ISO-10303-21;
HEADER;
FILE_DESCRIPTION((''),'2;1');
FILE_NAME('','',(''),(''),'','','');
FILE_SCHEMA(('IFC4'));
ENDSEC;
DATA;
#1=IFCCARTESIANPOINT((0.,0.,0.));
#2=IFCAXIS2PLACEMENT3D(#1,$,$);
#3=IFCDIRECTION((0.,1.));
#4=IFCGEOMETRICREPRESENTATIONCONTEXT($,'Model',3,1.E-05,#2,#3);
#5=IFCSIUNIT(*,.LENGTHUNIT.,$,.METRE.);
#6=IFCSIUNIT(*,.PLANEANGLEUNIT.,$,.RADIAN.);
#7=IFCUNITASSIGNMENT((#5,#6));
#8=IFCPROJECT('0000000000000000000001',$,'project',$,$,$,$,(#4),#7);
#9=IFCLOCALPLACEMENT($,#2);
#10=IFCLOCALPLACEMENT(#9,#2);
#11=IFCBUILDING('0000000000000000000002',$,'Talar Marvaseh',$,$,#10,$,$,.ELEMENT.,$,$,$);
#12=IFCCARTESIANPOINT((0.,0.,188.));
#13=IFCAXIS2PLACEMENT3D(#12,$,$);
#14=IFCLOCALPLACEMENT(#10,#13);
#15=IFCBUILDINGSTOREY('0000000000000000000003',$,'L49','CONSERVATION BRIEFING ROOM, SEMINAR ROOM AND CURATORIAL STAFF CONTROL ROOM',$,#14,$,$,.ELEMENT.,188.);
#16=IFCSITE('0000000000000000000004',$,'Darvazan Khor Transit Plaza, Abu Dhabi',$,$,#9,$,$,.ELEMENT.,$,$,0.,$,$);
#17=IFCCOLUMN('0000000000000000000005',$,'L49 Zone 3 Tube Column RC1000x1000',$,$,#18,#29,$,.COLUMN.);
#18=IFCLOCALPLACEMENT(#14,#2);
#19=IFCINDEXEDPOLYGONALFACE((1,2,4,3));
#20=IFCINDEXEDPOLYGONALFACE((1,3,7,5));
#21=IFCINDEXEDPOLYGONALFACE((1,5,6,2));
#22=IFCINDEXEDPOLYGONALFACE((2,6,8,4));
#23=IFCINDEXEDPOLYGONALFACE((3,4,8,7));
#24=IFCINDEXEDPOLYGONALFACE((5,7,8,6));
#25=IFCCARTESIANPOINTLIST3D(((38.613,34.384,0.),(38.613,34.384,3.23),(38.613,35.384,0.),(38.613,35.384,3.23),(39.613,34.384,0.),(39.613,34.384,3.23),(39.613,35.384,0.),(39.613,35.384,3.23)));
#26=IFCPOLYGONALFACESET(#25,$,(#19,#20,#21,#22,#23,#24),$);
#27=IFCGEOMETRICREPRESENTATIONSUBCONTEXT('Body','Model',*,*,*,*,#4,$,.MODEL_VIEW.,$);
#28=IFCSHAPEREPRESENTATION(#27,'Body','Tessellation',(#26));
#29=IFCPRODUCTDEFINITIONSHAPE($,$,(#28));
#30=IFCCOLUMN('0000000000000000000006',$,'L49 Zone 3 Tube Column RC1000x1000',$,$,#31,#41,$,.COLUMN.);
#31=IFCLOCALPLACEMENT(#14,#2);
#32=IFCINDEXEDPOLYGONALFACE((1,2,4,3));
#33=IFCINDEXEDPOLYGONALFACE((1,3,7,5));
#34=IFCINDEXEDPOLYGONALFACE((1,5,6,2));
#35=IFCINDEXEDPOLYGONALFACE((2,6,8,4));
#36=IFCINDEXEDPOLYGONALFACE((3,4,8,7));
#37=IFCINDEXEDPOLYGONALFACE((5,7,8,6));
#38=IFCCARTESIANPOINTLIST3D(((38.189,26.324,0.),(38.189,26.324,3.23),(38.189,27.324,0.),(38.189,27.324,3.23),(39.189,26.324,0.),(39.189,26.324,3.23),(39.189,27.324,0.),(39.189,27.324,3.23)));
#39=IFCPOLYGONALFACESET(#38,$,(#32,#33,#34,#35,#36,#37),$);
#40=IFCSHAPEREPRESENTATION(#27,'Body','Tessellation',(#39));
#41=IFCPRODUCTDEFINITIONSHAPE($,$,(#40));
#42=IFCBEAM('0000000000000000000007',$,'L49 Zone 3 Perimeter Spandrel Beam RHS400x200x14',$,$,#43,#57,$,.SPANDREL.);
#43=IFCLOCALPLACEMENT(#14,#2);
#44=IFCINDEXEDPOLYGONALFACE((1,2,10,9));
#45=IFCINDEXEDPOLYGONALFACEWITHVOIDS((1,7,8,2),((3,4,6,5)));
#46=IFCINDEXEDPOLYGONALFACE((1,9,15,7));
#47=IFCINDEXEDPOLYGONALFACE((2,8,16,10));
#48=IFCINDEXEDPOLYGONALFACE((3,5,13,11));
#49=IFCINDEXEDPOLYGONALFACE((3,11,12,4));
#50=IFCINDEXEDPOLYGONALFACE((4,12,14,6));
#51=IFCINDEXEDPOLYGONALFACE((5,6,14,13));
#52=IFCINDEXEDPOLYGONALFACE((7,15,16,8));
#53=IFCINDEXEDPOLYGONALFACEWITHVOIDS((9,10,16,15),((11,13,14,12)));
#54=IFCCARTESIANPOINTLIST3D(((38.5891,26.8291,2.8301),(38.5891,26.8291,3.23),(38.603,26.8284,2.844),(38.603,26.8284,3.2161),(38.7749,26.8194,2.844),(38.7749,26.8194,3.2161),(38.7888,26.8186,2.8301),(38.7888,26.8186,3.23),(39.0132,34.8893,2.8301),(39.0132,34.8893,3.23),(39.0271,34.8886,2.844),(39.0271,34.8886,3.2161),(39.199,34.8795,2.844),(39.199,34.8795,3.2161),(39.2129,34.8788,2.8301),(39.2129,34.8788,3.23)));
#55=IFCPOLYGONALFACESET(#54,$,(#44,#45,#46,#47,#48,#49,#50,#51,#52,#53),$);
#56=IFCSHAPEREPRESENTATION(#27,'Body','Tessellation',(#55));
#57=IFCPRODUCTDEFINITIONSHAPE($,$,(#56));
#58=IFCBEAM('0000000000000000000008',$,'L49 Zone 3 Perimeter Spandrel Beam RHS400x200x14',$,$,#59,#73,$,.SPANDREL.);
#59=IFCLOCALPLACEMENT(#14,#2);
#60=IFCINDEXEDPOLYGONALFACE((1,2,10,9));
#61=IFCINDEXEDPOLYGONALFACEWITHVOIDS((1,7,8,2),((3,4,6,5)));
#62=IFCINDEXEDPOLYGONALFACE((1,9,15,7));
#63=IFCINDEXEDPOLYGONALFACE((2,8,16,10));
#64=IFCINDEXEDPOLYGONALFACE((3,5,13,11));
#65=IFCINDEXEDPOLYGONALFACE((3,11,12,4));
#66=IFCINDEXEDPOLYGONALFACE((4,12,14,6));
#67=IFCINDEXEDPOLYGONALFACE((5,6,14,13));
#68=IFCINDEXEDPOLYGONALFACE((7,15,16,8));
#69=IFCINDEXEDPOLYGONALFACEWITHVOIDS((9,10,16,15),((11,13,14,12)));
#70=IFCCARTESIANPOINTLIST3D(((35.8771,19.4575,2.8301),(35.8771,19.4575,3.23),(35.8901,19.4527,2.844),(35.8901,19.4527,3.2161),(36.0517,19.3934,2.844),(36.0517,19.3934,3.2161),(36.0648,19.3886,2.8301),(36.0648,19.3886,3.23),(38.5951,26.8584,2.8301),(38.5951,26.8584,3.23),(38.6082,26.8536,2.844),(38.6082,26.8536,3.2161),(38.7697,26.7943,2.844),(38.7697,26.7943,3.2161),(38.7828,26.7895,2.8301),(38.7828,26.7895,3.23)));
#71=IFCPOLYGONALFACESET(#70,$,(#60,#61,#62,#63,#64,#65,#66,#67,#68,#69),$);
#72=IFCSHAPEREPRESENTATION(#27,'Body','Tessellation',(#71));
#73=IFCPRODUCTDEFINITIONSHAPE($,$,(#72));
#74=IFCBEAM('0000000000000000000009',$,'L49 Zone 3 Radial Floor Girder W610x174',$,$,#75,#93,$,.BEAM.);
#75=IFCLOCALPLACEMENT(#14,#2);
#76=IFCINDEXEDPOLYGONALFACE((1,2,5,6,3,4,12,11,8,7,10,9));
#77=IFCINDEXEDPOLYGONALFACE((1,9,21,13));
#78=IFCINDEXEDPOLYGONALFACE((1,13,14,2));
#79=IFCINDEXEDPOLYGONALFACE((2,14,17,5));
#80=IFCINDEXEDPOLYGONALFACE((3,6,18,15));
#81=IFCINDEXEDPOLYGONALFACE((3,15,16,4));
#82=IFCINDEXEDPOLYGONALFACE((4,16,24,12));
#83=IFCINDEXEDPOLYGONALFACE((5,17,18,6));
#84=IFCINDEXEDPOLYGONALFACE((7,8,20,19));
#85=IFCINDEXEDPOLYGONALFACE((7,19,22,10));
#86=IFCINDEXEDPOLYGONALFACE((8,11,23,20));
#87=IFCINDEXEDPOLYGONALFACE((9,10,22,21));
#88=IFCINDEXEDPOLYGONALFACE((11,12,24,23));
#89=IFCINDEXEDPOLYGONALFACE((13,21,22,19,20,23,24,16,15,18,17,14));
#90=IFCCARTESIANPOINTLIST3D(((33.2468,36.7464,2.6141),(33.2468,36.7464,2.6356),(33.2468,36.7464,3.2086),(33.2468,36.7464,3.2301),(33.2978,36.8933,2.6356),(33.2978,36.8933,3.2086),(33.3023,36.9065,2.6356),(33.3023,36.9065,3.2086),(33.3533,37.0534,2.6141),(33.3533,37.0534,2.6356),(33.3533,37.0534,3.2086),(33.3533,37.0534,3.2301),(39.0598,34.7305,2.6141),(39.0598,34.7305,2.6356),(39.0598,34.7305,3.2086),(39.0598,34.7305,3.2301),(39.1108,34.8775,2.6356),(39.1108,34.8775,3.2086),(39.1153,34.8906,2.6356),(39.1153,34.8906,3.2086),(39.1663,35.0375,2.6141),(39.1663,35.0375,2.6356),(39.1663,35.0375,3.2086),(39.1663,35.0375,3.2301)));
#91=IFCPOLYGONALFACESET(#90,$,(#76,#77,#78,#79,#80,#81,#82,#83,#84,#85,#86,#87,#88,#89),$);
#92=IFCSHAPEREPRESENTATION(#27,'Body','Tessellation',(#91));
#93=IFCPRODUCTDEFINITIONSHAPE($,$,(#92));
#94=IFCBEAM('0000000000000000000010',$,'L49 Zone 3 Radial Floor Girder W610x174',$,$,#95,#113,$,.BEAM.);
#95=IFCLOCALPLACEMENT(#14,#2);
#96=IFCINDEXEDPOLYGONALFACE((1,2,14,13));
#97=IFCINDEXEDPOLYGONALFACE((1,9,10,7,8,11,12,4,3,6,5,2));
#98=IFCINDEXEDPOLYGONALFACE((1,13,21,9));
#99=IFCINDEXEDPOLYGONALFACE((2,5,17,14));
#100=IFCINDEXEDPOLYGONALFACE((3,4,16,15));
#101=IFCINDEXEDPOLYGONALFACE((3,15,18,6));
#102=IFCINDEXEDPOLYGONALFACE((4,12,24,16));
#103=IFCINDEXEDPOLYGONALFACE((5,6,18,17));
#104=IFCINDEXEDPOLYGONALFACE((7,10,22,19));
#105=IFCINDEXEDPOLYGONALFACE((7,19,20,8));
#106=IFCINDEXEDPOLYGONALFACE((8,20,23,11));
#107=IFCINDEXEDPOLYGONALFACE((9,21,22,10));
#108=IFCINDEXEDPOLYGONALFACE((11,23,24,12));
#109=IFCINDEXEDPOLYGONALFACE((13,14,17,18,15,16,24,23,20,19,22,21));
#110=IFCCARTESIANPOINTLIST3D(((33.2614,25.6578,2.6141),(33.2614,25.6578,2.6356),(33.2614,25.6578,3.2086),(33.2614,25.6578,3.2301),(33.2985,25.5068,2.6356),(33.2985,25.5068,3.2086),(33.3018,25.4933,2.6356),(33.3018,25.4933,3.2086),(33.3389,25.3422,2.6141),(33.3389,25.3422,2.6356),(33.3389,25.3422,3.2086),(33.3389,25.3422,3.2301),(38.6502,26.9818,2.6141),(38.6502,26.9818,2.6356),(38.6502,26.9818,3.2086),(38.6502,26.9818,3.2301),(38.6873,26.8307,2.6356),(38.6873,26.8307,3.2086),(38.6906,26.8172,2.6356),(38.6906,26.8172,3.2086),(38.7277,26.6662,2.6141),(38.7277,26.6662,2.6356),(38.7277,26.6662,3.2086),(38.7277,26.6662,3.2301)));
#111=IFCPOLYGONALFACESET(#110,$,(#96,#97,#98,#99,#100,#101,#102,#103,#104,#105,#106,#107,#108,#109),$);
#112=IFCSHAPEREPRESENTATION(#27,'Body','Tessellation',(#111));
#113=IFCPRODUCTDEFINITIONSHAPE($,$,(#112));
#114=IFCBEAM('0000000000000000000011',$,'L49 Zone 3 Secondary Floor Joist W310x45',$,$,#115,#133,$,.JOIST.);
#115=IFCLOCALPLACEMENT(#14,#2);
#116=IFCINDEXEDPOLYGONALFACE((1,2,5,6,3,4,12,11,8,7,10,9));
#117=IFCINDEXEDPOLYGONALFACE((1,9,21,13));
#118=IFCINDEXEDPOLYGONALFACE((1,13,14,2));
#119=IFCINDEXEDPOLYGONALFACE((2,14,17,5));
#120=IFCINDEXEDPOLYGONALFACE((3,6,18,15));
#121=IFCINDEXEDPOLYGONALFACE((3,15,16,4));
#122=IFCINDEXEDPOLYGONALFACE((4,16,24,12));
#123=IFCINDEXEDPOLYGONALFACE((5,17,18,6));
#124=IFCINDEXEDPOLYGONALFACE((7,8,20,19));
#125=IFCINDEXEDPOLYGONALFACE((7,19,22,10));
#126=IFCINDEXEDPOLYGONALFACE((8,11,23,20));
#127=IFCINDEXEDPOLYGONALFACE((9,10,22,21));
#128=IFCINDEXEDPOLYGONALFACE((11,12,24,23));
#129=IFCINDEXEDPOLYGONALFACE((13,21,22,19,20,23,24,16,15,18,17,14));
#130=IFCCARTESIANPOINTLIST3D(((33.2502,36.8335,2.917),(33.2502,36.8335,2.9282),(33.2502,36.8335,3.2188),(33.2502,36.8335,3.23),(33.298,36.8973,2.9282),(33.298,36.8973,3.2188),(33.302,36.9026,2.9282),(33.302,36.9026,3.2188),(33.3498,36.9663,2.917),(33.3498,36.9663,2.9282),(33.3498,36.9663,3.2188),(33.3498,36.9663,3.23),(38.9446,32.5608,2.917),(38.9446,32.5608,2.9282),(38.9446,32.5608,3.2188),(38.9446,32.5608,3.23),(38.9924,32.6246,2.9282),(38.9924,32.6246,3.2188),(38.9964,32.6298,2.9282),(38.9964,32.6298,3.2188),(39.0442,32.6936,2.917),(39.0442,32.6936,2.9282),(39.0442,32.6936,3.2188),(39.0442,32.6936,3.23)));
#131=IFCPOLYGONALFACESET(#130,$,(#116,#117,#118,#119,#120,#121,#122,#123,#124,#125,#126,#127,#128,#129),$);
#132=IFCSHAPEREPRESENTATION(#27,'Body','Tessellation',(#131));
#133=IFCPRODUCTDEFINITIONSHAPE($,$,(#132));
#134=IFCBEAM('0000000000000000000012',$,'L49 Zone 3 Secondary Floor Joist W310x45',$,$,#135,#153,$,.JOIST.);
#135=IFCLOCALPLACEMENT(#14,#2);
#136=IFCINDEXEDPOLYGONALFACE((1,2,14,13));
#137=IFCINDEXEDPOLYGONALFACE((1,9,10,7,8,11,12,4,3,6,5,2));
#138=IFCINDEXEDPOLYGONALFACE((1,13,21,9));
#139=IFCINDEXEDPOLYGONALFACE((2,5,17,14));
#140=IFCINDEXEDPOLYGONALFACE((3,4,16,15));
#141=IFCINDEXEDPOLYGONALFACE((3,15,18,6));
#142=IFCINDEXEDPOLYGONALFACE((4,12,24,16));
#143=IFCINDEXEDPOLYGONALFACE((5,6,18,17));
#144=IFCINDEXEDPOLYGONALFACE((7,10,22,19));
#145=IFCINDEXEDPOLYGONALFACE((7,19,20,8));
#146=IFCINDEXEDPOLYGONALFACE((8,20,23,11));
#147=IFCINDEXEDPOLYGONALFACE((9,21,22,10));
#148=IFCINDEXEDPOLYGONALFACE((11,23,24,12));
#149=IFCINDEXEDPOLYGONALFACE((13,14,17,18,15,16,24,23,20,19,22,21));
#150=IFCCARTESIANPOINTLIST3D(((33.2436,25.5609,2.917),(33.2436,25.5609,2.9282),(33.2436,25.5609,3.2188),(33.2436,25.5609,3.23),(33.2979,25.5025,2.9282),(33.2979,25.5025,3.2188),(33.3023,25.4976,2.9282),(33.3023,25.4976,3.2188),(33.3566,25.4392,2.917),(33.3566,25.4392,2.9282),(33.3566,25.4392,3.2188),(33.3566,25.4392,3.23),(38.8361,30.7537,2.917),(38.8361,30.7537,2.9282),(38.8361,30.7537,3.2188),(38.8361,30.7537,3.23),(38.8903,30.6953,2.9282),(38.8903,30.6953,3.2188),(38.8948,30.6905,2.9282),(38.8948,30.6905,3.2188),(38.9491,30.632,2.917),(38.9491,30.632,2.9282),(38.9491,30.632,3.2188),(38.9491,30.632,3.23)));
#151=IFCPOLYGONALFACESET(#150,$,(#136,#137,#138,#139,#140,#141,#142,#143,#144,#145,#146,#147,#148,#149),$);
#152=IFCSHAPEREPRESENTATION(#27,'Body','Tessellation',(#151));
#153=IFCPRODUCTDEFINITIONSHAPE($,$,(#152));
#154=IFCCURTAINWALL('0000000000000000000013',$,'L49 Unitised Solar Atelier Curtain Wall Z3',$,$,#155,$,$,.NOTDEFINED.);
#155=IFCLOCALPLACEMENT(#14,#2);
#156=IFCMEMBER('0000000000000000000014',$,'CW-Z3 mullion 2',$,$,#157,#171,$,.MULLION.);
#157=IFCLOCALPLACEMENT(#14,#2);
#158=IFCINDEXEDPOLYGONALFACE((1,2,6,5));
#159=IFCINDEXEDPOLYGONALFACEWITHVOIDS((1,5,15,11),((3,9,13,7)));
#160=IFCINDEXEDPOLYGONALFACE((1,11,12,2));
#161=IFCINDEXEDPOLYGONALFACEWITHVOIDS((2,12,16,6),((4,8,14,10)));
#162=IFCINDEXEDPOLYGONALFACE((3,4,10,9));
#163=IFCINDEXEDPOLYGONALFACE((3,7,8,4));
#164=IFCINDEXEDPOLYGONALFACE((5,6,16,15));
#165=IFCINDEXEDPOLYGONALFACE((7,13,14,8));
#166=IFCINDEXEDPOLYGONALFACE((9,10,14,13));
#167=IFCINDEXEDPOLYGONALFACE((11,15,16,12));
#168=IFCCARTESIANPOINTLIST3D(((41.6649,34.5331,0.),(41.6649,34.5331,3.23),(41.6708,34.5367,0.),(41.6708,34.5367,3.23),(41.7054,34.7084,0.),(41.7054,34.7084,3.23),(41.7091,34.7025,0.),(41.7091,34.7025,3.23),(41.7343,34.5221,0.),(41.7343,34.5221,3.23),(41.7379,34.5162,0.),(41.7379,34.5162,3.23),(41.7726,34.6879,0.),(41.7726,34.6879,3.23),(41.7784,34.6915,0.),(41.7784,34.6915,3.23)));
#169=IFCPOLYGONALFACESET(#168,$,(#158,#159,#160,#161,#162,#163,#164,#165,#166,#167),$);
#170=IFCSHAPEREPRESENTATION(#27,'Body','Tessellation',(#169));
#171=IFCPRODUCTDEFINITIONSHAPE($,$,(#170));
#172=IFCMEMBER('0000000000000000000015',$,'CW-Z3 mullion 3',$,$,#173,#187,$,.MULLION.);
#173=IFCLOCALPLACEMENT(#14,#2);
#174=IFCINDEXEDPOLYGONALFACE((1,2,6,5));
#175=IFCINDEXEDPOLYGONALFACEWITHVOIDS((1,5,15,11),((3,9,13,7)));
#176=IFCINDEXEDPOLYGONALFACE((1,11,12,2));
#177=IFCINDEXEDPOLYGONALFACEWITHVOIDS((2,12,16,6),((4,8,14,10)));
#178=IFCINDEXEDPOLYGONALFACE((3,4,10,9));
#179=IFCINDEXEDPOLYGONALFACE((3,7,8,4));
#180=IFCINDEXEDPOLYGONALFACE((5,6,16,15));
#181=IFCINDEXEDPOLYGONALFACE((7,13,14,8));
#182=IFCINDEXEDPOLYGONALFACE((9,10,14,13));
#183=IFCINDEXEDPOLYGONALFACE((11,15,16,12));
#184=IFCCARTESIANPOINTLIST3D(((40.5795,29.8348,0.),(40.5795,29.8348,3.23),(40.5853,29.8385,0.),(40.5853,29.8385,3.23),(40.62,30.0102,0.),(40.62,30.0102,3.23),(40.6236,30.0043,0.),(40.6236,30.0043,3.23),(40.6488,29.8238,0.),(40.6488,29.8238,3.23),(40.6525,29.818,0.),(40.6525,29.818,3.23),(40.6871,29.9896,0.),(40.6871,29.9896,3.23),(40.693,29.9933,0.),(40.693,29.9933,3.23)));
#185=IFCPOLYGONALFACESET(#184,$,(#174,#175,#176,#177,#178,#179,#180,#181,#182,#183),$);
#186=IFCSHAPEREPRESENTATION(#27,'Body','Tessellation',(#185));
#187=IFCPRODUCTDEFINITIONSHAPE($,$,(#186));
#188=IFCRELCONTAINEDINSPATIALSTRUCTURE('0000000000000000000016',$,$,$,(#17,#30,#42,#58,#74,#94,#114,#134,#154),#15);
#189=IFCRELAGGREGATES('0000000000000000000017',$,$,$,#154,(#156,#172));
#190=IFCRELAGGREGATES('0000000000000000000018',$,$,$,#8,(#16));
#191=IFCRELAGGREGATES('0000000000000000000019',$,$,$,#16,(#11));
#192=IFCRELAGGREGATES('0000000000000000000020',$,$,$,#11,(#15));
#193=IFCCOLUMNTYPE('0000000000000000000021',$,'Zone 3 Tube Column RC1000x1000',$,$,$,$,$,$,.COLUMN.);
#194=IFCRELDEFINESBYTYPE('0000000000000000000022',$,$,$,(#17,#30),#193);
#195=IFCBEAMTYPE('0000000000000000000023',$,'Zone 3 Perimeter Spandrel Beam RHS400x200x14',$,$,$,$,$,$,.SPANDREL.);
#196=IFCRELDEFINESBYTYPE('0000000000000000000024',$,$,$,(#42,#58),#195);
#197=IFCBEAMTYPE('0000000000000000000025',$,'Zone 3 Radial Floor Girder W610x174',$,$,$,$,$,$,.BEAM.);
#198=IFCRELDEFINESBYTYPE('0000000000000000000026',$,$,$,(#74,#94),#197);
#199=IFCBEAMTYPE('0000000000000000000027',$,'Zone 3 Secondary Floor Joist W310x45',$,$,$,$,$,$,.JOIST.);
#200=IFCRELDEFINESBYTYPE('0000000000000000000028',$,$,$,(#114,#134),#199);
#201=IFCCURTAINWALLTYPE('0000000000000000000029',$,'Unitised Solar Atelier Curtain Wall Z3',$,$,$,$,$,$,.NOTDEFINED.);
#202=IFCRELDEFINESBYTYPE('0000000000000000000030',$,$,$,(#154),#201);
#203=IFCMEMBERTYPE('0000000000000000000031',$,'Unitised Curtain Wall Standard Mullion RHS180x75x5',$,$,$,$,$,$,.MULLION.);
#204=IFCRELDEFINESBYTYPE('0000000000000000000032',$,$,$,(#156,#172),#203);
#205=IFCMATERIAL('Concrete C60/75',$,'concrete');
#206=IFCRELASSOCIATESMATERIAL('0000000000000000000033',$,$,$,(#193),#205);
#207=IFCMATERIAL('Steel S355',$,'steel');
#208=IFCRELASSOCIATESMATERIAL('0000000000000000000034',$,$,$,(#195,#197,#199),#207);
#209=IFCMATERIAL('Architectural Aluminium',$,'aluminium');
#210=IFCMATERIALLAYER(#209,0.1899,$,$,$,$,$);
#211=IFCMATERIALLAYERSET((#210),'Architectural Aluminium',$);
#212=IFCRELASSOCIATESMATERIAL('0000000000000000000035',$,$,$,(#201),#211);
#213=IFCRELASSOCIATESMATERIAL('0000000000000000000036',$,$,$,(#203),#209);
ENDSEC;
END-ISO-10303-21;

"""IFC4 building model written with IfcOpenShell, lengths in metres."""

from ifc_helpers import new_model, si_unit, direction, frame, origin, origin_2d, place, context, subcontext, project, spatial, rectangle, hollow_rectangle, i_section, extrude, source, transform, mapped, material, layer, layer_set, material_profile, profile_set, type_object, type_shapes, element, aggregate, save


model = new_model("IFC4")

# Units and contexts
model_context = context("Model", 3, precision=1e-05, world=origin(), true_north=direction((0.0, 1.0)))
body_context = subcontext(model_context, "Body", "Model", "MODEL_VIEW")
ifc_project = project(units=[si_unit("LENGTHUNIT", "METRE"), si_unit("PLANEANGLEUNIT", "RADIAN")], contexts=[model_context])

# Site, building, storey
site_placement = place(None, origin())
site = spatial("IfcSite", under=ifc_project, at=site_placement, Name="Darvazan Khor Transit Plaza, Abu Dhabi", CompositionType="ELEMENT", RefElevation=0.0)
building_placement = place(site_placement, origin())
building = spatial("IfcBuilding", under=site, at=building_placement, Name="Talar Marvaseh", CompositionType="ELEMENT")
storey_placement = place(building_placement, frame((0.0, 0.0, 188.0)))
storey = spatial("IfcBuildingStorey", under=building, at=storey_placement, Name="L49", Description="CONSERVATION BRIEFING ROOM, SEMINAR ROOM AND CURATORIAL STAFF CONTROL ROOM", CompositionType="ELEMENT", Elevation=188.0)

# Columns
ifc_material_1 = material(Name="Concrete C60/75", Category="concrete")
ifc_material_profile_1 = material_profile(ifc_material_1, rectangle(XDim=1.0, YDim=1.0, at=origin_2d()), Name="RC1000x1000")
ifc_profile_set_1 = profile_set([ifc_material_profile_1], Name="Concrete C60/75")
column_type = type_object("IfcColumnType", Name="Zone 3 Tube Column RC1000x1000", PredefinedType="COLUMN", material=ifc_profile_set_1)
for number, where, z_axis, x_axis, name in (
    (1, (39.113, 34.884, 0.0), (0.0, 0.0, 1.0), (1.0, 0.0, 0.0), "L49 Zone 3 Tube Column RC1000x1000"),
    (2, (38.689, 26.824, 0.0), (0.0, 0.0, 1.0), (1.0, 0.0, 0.0), "L49 Zone 3 Tube Column RC1000x1000"),
):
    element("IfcColumn", number, at=place(storey_placement, frame(where, z_axis=z_axis, x_axis=x_axis)), inside=storey, type_object=column_type, Name=name, PredefinedType="COLUMN", context=body_context, shape_type="SweptSolid", body=[
        extrude(rectangle(XDim=1.0, YDim=1.0, at=origin_2d()), origin(), (0.0, 0.0, 1.0), 3.23),
    ])

# Beams
ifc_material_2 = material(Name="Steel S355", Category="steel")
ifc_material_profile_2 = material_profile(ifc_material_2, hollow_rectangle(XDim=0.2, YDim=0.3999, WallThickness=0.0139, at=origin_2d()), Name="RHS400x200x14")
ifc_profile_set_2 = profile_set([ifc_material_profile_2], Name="Steel S355")
beam_type_1 = type_object("IfcBeamType", Name="Zone 3 Perimeter Spandrel Beam RHS400x200x14", PredefinedType="SPANDREL", material=ifc_profile_set_2)
beam_1_placement = place(storey_placement, frame((39.113, 34.884, 3.03), z_axis=(-0.052541, -0.998619, 0.0), x_axis=(0.998619, -0.052541, 0.0)))
element("IfcBeam", 3, at=beam_1_placement, inside=storey, type_object=beam_type_1, Name="L49 Zone 3 Perimeter Spandrel Beam RHS400x200x14", PredefinedType="SPANDREL", context=body_context, shape_type="SweptSolid", body=[
    extrude(hollow_rectangle(XDim=0.2, YDim=0.3999, WallThickness=0.0139, at=origin_2d()), origin(), (0.0, 0.0, 1.0), 8.0713),
])
beam_2_placement = place(storey_placement, frame((38.689, 26.824, 3.03), z_axis=(-0.344742, -0.938697, 0.0), x_axis=(0.938697, -0.344742, 0.0)))
element("IfcBeam", 4, at=beam_2_placement, inside=storey, type_object=beam_type_1, Name="L49 Zone 3 Perimeter Spandrel Beam RHS400x200x14", PredefinedType="SPANDREL", context=body_context, shape_type="SweptSolid", body=[
    extrude(hollow_rectangle(XDim=0.2, YDim=0.3999, WallThickness=0.0139, at=origin_2d()), origin(), (0.0, 0.0, 1.0), 7.8843),
])
ifc_material_profile_3 = material_profile(ifc_material_2, i_section(OverallWidth=0.325, OverallDepth=0.616, WebThickness=0.0139, FlangeThickness=0.0215, at=origin_2d()), Name="W610x174")
ifc_profile_set_3 = profile_set([ifc_material_profile_3], Name="Steel S355")
beam_type_2 = type_object("IfcBeamType", Name="Zone 3 Radial Floor Girder W610x174", PredefinedType="BEAM", material=ifc_profile_set_3)
beam_3_placement = place(storey_placement, frame((39.113, 34.884, 2.9221), z_axis=(-0.944801, 0.327645, 0.0), x_axis=(-0.327645, -0.944801, 0.0)))
element("IfcBeam", 5, at=beam_3_placement, inside=storey, type_object=beam_type_2, Name="L49 Zone 3 Radial Floor Girder W610x174", PredefinedType="BEAM", context=body_context, shape_type="SweptSolid", body=[
    extrude(i_section(OverallWidth=0.325, OverallDepth=0.616, WebThickness=0.0139, FlangeThickness=0.0215, at=origin_2d()), origin(), (0.0, 0.0, 1.0), 6.1526),
])
beam_4_placement = place(storey_placement, frame((38.689, 26.824, 2.9221), z_axis=(-0.971121, -0.23859, 0.0), x_axis=(0.23859, -0.971121, 0.0)))
element("IfcBeam", 6, at=beam_4_placement, inside=storey, type_object=beam_type_2, Name="L49 Zone 3 Radial Floor Girder W610x174", PredefinedType="BEAM", context=body_context, shape_type="SweptSolid", body=[
    extrude(i_section(OverallWidth=0.325, OverallDepth=0.616, WebThickness=0.0139, FlangeThickness=0.0215, at=origin_2d()), origin(), (0.0, 0.0, 1.0), 5.5491),
])
ifc_material_profile_4 = material_profile(ifc_material_2, i_section(OverallWidth=0.166, OverallDepth=0.313, WebThickness=0.0066, FlangeThickness=0.0112, at=origin_2d()), Name="W310x45")
ifc_profile_set_4 = profile_set([ifc_material_profile_4], Name="Steel S355")
beam_type_3 = type_object("IfcBeamType", Name="Zone 3 Secondary Floor Joist W310x45", PredefinedType="JOIST", material=ifc_profile_set_4)
beam_5_placement = place(storey_placement, frame((38.9944, 32.6272, 3.0735), z_axis=(-0.799868, 0.600176, 0.0), x_axis=(-0.600176, -0.799868, 0.0)))
element("IfcBeam", 7, at=beam_5_placement, inside=storey, type_object=beam_type_3, Name="L49 Zone 3 Secondary Floor Joist W310x45", PredefinedType="JOIST", context=body_context, shape_type="SweptSolid", body=[
    extrude(i_section(OverallWidth=0.166, OverallDepth=0.313, WebThickness=0.0066, FlangeThickness=0.0112, at=origin_2d()), origin(), (0.0, 0.0, 1.0), 7.1191),
])
beam_6_placement = place(storey_placement, frame((38.8926, 30.6929, 3.0735), z_axis=(-0.732806, -0.680438, 0.0), x_axis=(0.680438, -0.732806, 0.0)))
element("IfcBeam", 8, at=beam_6_placement, inside=storey, type_object=beam_type_3, Name="L49 Zone 3 Secondary Floor Joist W310x45", PredefinedType="JOIST", context=body_context, shape_type="SweptSolid", body=[
    extrude(i_section(OverallWidth=0.166, OverallDepth=0.313, WebThickness=0.0066, FlangeThickness=0.0112, at=origin_2d()), origin(), (0.0, 0.0, 1.0), 7.6316),
])

# Curtain wall, members
ifc_material_3 = material(Name="Architectural Aluminium", Category="aluminium")
ifc_layer_1 = layer(ifc_material_3, 0.1899)
ifc_layer_set_1 = layer_set([ifc_layer_1], Name="Architectural Aluminium")
curtain_wall_type = type_object("IfcCurtainWallType", Name="Unitised Solar Atelier Curtain Wall Z3", PredefinedType="NOTDEFINED", material=ifc_layer_set_1)
curtain_wall_placement = place(storey_placement, origin())
curtain_wall = element("IfcCurtainWall", 9, at=curtain_wall_placement, inside=storey, type_object=curtain_wall_type, Name="L49 Unitised Solar Atelier Curtain Wall Z3", PredefinedType="NOTDEFINED")
ifc_material_profile_5 = material_profile(ifc_material_3, hollow_rectangle(XDim=0.075, YDim=0.1799, WallThickness=0.0049, at=origin_2d()), Name="RHS180x75x5")
ifc_profile_set_5 = profile_set([ifc_material_profile_5], Name="Architectural Aluminium")
member_type_1 = type_object("IfcMemberType", Name="Unitised Curtain Wall Standard Mullion RHS180x75x5", PredefinedType="MULLION", material=ifc_profile_set_5)
shared_shape_1 = source(origin(), body_context, "Body", "SweptSolid", [
    extrude(hollow_rectangle(XDim=0.075, YDim=0.1799, WallThickness=0.0049, at=origin_2d()), origin(), (0.0, 0.0, 1.0), 3.23),
])
type_shapes(member_type_1, [shared_shape_1])
member_1_placement = place(storey_placement, frame((41.7217, 34.6123, 0.0), z_axis=(0.0, 0.0, 1.0), x_axis=(0.974335, -0.225102, 0.0)))
member_1 = element("IfcMember", 10, at=member_1_placement, type_object=member_type_1, Name="CW-Z3 mullion 2", PredefinedType="MULLION", context=body_context, shape_type="MappedRepresentation", body=[
    mapped(shared_shape_1, transform((0.0, 0.0, 0.0), x_axis=(1.0, 0.0, 0.0), y_axis=(0.0, 1.0, 0.0), z_axis=(0.0, 0.0, 1.0), scale=1.0)),
])
member_2_placement = place(storey_placement, frame((40.6362, 29.9141, 0.0), z_axis=(0.0, 0.0, 1.0), x_axis=(0.974335, -0.225102, 0.0)))
member_2 = element("IfcMember", 11, at=member_2_placement, type_object=member_type_1, Name="CW-Z3 mullion 3", PredefinedType="MULLION", context=body_context, shape_type="MappedRepresentation", body=[
    mapped(shared_shape_1, transform((0.0, 0.0, 0.0), x_axis=(1.0, 0.0, 0.0), y_axis=(0.0, 1.0, 0.0), z_axis=(0.0, 0.0, 1.0), scale=1.0)),
])
aggregate(curtain_wall, [member_1, member_2])

save(model, "model.ifc")
